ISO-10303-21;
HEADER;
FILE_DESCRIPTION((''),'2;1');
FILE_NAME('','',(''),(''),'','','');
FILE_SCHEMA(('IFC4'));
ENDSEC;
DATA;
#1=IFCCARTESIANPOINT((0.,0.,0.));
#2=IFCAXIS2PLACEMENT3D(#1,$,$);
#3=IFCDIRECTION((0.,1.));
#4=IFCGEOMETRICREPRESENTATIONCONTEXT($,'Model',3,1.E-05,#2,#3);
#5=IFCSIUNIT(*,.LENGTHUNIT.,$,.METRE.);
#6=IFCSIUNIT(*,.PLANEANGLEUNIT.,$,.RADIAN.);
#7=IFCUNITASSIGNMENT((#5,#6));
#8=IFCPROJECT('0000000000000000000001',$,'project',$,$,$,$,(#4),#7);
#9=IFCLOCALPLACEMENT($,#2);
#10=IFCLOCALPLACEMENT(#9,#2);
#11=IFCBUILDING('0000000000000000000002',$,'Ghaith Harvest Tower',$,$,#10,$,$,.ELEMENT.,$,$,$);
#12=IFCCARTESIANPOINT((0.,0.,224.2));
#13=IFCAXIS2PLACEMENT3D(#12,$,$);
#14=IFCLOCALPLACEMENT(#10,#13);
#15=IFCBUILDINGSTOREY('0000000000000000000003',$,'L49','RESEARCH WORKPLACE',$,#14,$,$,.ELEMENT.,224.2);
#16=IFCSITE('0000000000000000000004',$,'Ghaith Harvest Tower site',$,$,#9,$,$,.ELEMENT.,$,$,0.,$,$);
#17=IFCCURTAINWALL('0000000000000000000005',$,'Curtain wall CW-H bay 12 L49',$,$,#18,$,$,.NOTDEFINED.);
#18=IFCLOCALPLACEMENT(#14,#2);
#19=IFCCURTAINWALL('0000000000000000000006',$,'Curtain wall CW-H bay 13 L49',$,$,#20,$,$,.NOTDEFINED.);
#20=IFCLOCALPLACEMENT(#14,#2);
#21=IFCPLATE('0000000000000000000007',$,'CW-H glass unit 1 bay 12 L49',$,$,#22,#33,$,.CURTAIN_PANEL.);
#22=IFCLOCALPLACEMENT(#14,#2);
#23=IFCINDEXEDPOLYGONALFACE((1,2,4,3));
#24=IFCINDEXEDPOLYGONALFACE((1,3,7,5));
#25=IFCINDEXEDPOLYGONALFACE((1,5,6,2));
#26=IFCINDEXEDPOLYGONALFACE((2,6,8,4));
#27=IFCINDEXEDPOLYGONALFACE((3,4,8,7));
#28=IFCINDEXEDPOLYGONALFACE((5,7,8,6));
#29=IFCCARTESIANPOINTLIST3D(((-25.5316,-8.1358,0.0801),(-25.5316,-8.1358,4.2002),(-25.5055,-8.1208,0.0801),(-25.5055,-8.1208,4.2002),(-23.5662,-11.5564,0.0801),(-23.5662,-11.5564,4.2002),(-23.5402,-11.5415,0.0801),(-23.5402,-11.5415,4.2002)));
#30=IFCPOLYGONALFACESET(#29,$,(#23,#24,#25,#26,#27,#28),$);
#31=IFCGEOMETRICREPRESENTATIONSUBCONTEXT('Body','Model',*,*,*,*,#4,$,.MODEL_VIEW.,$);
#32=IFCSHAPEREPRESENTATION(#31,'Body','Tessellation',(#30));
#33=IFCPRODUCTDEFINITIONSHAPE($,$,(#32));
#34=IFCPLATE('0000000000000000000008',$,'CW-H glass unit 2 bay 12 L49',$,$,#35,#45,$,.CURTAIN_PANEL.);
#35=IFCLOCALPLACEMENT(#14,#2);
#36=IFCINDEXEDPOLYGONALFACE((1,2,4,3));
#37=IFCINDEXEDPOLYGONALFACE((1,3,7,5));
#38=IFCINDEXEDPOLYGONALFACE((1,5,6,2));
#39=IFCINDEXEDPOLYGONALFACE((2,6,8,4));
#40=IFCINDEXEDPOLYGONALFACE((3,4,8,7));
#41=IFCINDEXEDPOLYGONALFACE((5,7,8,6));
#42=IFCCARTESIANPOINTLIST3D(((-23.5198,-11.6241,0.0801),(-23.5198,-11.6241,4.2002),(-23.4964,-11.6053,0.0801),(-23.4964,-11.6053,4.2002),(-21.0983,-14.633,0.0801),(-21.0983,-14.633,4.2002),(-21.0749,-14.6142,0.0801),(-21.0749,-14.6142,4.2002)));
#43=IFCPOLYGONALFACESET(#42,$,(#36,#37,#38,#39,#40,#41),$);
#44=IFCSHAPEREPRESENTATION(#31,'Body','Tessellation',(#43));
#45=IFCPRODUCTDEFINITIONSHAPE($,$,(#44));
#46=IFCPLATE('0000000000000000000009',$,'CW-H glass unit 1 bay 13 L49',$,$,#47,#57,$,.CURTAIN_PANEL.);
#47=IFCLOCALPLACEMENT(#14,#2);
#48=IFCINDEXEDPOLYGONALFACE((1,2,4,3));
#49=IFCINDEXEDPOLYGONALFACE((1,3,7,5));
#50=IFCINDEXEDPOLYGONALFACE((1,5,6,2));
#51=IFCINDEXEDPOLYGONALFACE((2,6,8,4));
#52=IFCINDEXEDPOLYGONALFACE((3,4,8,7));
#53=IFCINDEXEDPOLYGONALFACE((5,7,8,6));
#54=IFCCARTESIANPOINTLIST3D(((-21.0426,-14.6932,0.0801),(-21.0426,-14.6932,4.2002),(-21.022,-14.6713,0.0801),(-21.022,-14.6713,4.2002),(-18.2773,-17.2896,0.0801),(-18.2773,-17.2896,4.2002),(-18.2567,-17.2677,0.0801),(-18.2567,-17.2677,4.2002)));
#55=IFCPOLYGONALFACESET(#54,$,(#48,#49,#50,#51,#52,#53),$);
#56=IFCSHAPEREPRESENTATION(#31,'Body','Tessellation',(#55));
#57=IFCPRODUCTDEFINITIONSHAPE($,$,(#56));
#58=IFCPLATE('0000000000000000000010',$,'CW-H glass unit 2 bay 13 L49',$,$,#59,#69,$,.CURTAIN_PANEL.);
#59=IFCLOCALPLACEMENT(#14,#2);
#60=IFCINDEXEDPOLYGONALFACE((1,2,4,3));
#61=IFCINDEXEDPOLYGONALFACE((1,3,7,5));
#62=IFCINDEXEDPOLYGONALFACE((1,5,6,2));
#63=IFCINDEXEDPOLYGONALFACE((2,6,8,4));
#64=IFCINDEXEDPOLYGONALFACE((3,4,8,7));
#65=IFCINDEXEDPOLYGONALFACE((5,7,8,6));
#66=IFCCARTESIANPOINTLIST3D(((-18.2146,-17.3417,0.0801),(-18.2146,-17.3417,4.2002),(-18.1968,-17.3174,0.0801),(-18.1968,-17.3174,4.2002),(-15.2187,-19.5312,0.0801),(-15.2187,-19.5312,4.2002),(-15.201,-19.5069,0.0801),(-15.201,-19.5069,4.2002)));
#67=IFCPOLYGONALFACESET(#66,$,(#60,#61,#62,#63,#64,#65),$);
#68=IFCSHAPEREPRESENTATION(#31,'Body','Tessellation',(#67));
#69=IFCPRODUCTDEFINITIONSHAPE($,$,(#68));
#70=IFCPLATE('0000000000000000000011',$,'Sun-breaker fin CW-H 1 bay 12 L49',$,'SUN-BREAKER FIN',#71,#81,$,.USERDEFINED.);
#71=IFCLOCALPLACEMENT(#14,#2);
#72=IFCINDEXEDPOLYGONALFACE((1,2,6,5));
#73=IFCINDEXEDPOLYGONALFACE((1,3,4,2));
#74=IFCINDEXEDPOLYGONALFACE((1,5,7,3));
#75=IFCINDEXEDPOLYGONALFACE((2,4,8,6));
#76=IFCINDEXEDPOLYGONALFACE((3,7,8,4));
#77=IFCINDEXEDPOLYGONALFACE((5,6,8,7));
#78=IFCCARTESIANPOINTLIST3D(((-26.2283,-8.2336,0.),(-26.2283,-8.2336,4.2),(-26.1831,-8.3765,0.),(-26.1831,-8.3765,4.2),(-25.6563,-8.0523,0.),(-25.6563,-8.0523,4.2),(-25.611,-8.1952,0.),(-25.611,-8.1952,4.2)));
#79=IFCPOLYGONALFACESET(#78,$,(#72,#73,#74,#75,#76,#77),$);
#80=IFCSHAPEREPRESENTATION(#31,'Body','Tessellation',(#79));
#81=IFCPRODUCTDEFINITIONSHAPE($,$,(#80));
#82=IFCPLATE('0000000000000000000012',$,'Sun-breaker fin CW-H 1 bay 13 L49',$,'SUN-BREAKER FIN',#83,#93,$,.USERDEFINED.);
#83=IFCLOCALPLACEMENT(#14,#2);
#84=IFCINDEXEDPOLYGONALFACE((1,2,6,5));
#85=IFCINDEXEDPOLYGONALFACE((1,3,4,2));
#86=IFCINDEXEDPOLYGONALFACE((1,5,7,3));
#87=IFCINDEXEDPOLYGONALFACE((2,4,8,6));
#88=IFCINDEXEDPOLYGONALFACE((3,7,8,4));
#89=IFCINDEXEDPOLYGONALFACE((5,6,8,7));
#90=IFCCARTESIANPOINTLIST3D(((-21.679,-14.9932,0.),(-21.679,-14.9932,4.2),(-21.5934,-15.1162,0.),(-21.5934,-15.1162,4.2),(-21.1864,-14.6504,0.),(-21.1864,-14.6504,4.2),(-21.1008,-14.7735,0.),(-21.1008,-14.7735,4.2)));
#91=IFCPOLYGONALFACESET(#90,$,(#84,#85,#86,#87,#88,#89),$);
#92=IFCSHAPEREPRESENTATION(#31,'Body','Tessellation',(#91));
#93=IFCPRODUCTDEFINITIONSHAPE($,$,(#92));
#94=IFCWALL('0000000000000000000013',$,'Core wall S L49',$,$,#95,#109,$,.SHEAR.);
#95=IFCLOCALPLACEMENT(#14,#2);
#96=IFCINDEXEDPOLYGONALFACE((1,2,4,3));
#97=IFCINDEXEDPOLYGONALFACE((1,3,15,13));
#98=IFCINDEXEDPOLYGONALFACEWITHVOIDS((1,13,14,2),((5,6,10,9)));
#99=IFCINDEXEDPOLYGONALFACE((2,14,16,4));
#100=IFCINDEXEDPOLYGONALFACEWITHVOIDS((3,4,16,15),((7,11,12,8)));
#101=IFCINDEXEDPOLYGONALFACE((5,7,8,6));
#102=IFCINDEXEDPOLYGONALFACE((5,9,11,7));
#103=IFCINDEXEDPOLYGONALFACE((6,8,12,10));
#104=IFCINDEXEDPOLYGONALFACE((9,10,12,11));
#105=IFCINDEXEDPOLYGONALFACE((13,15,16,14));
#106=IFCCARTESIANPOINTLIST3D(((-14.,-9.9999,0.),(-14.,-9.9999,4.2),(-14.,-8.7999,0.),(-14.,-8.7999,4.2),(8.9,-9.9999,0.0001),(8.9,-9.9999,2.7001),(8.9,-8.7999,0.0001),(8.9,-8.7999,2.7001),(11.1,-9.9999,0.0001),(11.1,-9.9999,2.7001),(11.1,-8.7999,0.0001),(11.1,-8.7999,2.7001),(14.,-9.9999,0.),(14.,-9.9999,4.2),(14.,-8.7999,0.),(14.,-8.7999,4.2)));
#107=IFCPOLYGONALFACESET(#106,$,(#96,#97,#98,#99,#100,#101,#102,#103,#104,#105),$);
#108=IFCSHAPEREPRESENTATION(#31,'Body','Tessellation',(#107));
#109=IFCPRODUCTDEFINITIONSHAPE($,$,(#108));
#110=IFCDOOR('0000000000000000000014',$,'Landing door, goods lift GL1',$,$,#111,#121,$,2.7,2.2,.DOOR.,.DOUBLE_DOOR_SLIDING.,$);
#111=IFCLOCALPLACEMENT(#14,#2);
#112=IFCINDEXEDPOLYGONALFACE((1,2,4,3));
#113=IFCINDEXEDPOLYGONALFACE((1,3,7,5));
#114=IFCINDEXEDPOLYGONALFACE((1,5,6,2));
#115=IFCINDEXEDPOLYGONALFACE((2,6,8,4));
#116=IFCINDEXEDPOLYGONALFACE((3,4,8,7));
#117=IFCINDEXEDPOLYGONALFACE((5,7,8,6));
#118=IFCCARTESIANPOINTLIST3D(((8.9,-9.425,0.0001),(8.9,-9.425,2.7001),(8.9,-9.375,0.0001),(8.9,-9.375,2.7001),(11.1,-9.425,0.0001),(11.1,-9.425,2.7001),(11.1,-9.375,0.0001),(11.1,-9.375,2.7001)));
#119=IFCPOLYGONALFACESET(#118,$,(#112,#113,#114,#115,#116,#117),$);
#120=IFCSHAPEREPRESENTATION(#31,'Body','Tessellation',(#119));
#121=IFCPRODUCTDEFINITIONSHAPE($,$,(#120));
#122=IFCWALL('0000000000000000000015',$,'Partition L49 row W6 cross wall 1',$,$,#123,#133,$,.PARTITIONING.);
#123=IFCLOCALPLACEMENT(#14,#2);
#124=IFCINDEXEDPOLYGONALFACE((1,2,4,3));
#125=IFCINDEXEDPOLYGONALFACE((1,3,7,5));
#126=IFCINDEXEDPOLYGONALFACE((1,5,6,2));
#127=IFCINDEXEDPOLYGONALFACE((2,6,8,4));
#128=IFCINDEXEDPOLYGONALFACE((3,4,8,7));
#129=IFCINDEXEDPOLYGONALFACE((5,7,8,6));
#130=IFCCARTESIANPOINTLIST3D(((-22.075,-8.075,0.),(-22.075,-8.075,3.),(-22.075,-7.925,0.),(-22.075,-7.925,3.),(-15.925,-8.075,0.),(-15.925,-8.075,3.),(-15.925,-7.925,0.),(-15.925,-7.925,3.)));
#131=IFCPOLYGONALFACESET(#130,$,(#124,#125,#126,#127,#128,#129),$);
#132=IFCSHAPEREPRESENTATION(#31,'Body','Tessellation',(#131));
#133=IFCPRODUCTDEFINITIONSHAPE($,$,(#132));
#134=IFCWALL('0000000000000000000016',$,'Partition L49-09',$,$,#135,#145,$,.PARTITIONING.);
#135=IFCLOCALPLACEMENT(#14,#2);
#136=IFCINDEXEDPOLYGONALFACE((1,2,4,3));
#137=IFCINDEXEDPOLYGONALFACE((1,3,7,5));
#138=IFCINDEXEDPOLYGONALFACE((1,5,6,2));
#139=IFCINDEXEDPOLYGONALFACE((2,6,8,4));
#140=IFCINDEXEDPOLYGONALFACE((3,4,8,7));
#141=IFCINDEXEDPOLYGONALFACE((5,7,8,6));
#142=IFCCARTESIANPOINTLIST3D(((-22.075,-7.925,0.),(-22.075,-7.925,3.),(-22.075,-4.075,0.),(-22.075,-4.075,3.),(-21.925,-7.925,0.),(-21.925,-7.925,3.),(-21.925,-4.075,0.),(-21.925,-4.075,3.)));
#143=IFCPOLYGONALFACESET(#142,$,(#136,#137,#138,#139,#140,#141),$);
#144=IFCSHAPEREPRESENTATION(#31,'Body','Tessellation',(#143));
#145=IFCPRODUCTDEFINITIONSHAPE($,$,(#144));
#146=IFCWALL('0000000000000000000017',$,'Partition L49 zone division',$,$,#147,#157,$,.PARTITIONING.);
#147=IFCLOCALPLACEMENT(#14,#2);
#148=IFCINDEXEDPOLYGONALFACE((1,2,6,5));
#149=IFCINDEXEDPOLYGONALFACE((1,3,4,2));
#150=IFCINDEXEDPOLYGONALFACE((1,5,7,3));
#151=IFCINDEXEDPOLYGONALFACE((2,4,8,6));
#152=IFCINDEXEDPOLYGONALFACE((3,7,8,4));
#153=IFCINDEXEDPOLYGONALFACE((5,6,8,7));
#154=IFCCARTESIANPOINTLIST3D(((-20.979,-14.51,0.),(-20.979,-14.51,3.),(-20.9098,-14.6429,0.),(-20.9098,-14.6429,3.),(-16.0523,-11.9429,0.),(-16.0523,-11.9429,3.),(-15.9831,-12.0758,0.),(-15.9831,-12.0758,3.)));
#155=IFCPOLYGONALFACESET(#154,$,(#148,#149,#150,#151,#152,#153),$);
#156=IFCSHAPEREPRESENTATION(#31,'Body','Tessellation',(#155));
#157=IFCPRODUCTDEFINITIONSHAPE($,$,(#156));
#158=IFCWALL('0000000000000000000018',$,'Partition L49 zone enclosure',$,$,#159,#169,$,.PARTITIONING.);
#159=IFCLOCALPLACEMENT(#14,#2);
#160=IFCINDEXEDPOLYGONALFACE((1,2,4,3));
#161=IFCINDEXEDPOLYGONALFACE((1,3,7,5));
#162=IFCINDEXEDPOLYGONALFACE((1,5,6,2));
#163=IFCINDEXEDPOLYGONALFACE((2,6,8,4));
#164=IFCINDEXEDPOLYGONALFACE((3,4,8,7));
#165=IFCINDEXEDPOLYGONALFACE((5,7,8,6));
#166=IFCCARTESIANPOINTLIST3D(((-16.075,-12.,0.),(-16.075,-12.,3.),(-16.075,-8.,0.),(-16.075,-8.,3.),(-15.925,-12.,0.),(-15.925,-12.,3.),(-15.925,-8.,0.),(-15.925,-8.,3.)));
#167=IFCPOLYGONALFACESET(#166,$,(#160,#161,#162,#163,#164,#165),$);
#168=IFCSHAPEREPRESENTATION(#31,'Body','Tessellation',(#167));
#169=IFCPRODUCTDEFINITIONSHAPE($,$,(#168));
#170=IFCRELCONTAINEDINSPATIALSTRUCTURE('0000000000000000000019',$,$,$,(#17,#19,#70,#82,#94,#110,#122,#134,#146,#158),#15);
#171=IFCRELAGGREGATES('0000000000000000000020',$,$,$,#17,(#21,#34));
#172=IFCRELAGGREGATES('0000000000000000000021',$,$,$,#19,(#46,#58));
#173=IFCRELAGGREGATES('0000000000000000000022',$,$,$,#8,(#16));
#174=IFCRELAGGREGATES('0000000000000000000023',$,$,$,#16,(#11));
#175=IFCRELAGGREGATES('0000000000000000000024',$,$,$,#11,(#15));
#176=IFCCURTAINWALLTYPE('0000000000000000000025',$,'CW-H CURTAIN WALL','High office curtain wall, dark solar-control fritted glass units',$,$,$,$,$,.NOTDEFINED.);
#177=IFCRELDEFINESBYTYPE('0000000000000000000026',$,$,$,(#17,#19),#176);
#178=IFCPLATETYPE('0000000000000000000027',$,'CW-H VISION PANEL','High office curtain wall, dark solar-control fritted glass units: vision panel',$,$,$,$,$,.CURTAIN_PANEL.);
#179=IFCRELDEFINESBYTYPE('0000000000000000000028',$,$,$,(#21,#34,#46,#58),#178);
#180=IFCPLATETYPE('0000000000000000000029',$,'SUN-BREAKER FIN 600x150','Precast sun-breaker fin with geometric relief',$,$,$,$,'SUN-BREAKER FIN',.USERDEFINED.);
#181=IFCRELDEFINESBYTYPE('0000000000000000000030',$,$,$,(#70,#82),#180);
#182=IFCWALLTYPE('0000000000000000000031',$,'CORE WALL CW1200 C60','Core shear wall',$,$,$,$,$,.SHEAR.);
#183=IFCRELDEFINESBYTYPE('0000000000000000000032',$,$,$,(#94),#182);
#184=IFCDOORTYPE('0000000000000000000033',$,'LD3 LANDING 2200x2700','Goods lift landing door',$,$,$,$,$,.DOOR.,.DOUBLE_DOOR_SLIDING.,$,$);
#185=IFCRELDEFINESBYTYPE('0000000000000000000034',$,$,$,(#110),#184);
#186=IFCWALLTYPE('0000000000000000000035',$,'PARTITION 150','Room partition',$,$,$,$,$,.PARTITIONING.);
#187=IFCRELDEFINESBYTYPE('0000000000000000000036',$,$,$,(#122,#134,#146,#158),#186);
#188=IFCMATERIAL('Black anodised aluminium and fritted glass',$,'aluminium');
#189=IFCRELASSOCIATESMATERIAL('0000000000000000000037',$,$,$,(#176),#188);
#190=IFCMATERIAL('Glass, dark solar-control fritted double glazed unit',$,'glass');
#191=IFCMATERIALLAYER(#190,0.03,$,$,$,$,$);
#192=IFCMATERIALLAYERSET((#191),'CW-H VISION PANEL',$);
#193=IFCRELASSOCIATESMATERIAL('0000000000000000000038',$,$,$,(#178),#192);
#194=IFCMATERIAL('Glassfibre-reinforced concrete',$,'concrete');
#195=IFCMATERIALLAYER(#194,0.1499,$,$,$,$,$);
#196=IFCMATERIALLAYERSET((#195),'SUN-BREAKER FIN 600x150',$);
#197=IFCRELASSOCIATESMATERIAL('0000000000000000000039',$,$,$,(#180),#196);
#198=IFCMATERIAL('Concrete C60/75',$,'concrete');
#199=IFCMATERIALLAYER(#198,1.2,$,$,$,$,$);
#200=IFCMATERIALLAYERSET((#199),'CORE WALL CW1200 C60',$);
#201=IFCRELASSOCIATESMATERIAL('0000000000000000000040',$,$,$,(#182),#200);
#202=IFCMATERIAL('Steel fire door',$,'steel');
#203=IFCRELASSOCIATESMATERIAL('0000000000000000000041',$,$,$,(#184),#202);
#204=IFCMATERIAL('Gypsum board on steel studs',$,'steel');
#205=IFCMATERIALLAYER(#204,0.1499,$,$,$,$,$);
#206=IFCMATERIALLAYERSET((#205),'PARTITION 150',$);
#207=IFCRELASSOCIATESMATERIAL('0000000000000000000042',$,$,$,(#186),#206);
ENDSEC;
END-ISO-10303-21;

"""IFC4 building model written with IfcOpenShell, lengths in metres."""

from ifc_helpers import new_model, si_unit, direction, frame, frame_2d, origin, origin_2d, place, context, subcontext, project, spatial, rectangle, extrude, material, layer, layer_set, type_object, element, fill, aggregate, save


model = new_model("IFC4")

# Units and contexts
model_context = context("Model", 3, precision=1e-05, world=origin(), true_north=direction((0.0, 1.0)))
body_context = subcontext(model_context, "Body", "Model", "MODEL_VIEW")
ifc_project = project(units=[si_unit("LENGTHUNIT", "METRE"), si_unit("PLANEANGLEUNIT", "RADIAN")], contexts=[model_context])

# Site, building, storey
site_placement = place(None, origin())
site = spatial("IfcSite", under=ifc_project, at=site_placement, Name="Ghaith Harvest Tower site", CompositionType="ELEMENT", RefElevation=0.0)
building_placement = place(site_placement, origin())
building = spatial("IfcBuilding", under=site, at=building_placement, Name="Ghaith Harvest Tower", CompositionType="ELEMENT")
storey_placement = place(building_placement, frame((0.0, 0.0, 224.2)))
storey = spatial("IfcBuildingStorey", under=building, at=storey_placement, Name="L49", Description="RESEARCH WORKPLACE", CompositionType="ELEMENT", Elevation=224.2)

# Curtain walls
ifc_material_1 = material(Name="Black anodised aluminium and fritted glass", Category="aluminium")
curtain_wall_type = type_object("IfcCurtainWallType", Name="CW-H CURTAIN WALL", Description="High office curtain wall, dark solar-control fritted glass units", PredefinedType="NOTDEFINED", material=ifc_material_1)
curtain_wall_1_placement = place(storey_placement, origin())
curtain_wall_1 = element("IfcCurtainWall", 1, at=curtain_wall_1_placement, inside=storey, type_object=curtain_wall_type, Name="Curtain wall CW-H bay 12 L49", PredefinedType="NOTDEFINED")
curtain_wall_2_placement = place(storey_placement, origin())
curtain_wall_2 = element("IfcCurtainWall", 2, at=curtain_wall_2_placement, inside=storey, type_object=curtain_wall_type, Name="Curtain wall CW-H bay 13 L49", PredefinedType="NOTDEFINED")

# Plates
ifc_material_2 = material(Name="Glass, dark solar-control fritted double glazed unit", Category="glass")
ifc_layer_1 = layer(ifc_material_2, 0.03)
ifc_layer_set_1 = layer_set([ifc_layer_1], Name="CW-H VISION PANEL")
plate_type_1 = type_object("IfcPlateType", Name="CW-H VISION PANEL", Description="High office curtain wall, dark solar-control fritted glass units: vision panel", PredefinedType="CURTAIN_PANEL", material=ifc_layer_set_1)
plate_1_placement = place(storey_placement, frame((-24.5359, -9.8386, 0.0801), z_axis=(0.0, 0.0, 1.0), x_axis=(0.49818, -0.867074, 0.0)))
plate_1 = element("IfcPlate", 3, at=plate_1_placement, type_object=plate_type_1, Name="CW-H glass unit 1 bay 12 L49", PredefinedType="CURTAIN_PANEL", context=body_context, shape_type="SweptSolid", body=[
    extrude(rectangle(XDim=3.9451, YDim=0.03, at=origin_2d()), origin(), (0.0, 0.0, 1.0), 4.1201),
])
plate_2_placement = place(storey_placement, frame((-22.2974, -13.1191, 0.0801), z_axis=(0.0, 0.0, 1.0), x_axis=(0.626957, -0.779054, 0.0)))
plate_2 = element("IfcPlate", 4, at=plate_2_placement, type_object=plate_type_1, Name="CW-H glass unit 2 bay 12 L49", PredefinedType="CURTAIN_PANEL", context=body_context, shape_type="SweptSolid", body=[
    extrude(rectangle(XDim=3.8623, YDim=0.03, at=origin_2d()), origin(), (0.0, 0.0, 1.0), 4.1201),
])
aggregate(curtain_wall_1, [plate_1, plate_2])
plate_3_placement = place(storey_placement, frame((-19.6497, -15.9805, 0.0801), z_axis=(0.0, 0.0, 1.0), x_axis=(0.729017, -0.684496, 0.0)))
plate_3 = element("IfcPlate", 5, at=plate_3_placement, type_object=plate_type_1, Name="CW-H glass unit 1 bay 13 L49", PredefinedType="CURTAIN_PANEL", context=body_context, shape_type="SweptSolid", body=[
    extrude(rectangle(XDim=3.7932, YDim=0.03, at=origin_2d()), origin(), (0.0, 0.0, 1.0), 4.1201),
])
plate_4_placement = place(storey_placement, frame((-16.7078, -18.4243, 0.0801), z_axis=(0.0, 0.0, 1.0), x_axis=(0.807364, -0.590054, 0.0)))
plate_4 = element("IfcPlate", 6, at=plate_4_placement, type_object=plate_type_1, Name="CW-H glass unit 2 bay 13 L49", PredefinedType="CURTAIN_PANEL", context=body_context, shape_type="SweptSolid", body=[
    extrude(rectangle(XDim=3.7107, YDim=0.03, at=origin_2d()), origin(), (0.0, 0.0, 1.0), 4.1201),
])
aggregate(curtain_wall_2, [plate_3, plate_4])

# Plates
ifc_material_3 = material(Name="Glassfibre-reinforced concrete", Category="concrete")
ifc_layer_2 = layer(ifc_material_3, 0.1499)
ifc_layer_set_2 = layer_set([ifc_layer_2], Name="SUN-BREAKER FIN 600x150")
plate_type_2 = type_object("IfcPlateType", Name="SUN-BREAKER FIN 600x150", Description="Precast sun-breaker fin with geometric relief", ElementType="SUN-BREAKER FIN", PredefinedType="USERDEFINED", material=ifc_layer_set_2)
for number, where, z_axis, x_axis, name in (
    (7, (-25.9197, -8.2144, 0.0), (0.0, 0.0, 1.0), (-0.953273, -0.30211, 0.0), "Sun-breaker fin CW-H 1 bay 12 L49"),
    (8, (-21.3899, -14.8833, 0.0), (0.0, 0.0, 1.0), (-0.820845, -0.57115, 0.0), "Sun-breaker fin CW-H 1 bay 13 L49"),
):
    element("IfcPlate", number, at=place(storey_placement, frame(where, z_axis=z_axis, x_axis=x_axis)), inside=storey, type_object=plate_type_2, Name=name, ObjectType="SUN-BREAKER FIN", PredefinedType="USERDEFINED", context=body_context, shape_type="SweptSolid", body=[
        extrude(rectangle(XDim=0.6001, YDim=0.1499, at=origin_2d()), origin(), (0.0, 0.0, 1.0), 4.2),
    ])

# Wall, opening, door
ifc_material_4 = material(Name="Concrete C60/75", Category="concrete")
ifc_layer_3 = layer(ifc_material_4, 1.2)
ifc_layer_set_3 = layer_set([ifc_layer_3], Name="CORE WALL CW1200 C60")
wall_type_1 = type_object("IfcWallType", Name="CORE WALL CW1200 C60", Description="Core shear wall", PredefinedType="SHEAR", material=ifc_layer_set_3)
wall_1_placement = place(storey_placement, frame((-14.0, -9.3999, 0.0), z_axis=(0.0, 0.0, 1.0), x_axis=(1.0, 0.0, 0.0)))
wall_1 = element("IfcWall", 9, at=wall_1_placement, inside=storey, type_object=wall_type_1, Name="Core wall S L49", PredefinedType="SHEAR", context=body_context, shape_type="SweptSolid", body=[
    extrude(rectangle(XDim=28.0, YDim=1.2, at=frame_2d((14.0, 0.0))), origin(), (0.0, 0.0, 1.0), 4.2),
])
opening_placement = place(wall_1_placement, frame((22.8999, 0.0, 0.0)))
opening = element("IfcOpeningElement", 10, at=opening_placement, cuts=wall_1, PredefinedType="OPENING", context=body_context, shape_type="SweptSolid", body=[
    extrude(rectangle(XDim=2.2, YDim=2.7, at=frame_2d((1.1001, 1.3501))), frame((0.0, 0.6099, 0.0), z_axis=(0.0, -1.0, 0.0), x_axis=(1.0, 0.0, 0.0)), (0.0, 0.0, 1.0), 1.22),
])
ifc_material_5 = material(Name="Steel fire door", Category="steel")
door_type = type_object("IfcDoorType", Name="LD3 LANDING 2200x2700", Description="Goods lift landing door", OperationType="DOUBLE_DOOR_SLIDING", PredefinedType="DOOR", material=ifc_material_5)
door_placement = place(opening_placement, origin())
door = element("IfcDoor", 11, at=door_placement, inside=storey, type_object=door_type, Name="Landing door, goods lift GL1", OperationType="DOUBLE_DOOR_SLIDING", OverallHeight=2.7, OverallWidth=2.2, PredefinedType="DOOR", context=body_context, shape_type="SweptSolid", body=[
    extrude(rectangle(XDim=2.2, YDim=2.7, at=frame_2d((1.1001, 1.3501))), frame((0.0, 0.0249, 0.0), z_axis=(0.0, -1.0, 0.0), x_axis=(1.0, 0.0, 0.0)), (0.0, 0.0, 1.0), 0.05),
])
fill(opening, door)

# Walls
ifc_material_6 = material(Name="Gypsum board on steel studs", Category="steel")
ifc_layer_4 = layer(ifc_material_6, 0.1499)
ifc_layer_set_4 = layer_set([ifc_layer_4], Name="PARTITION 150")
wall_type_2 = type_object("IfcWallType", Name="PARTITION 150", Description="Room partition", PredefinedType="PARTITIONING", material=ifc_layer_set_4)
wall_2_placement = place(storey_placement, frame((-15.925, -8.0, 0.0), z_axis=(0.0, 0.0, 1.0), x_axis=(-1.0, 0.0, 0.0)))
element("IfcWall", 12, at=wall_2_placement, inside=storey, type_object=wall_type_2, Name="Partition L49 row W6 cross wall 1", PredefinedType="PARTITIONING", context=body_context, shape_type="SweptSolid", body=[
    extrude(rectangle(XDim=6.1499, YDim=0.1499, at=frame_2d((3.075, 0.0))), origin(), (0.0, 0.0, 1.0), 3.0),
])
wall_3_placement = place(storey_placement, frame((-22.0, -7.925, 0.0), z_axis=(0.0, 0.0, 1.0), x_axis=(0.0, 1.0, 0.0)))
element("IfcWall", 13, at=wall_3_placement, inside=storey, type_object=wall_type_2, Name="Partition L49-09", PredefinedType="PARTITIONING", context=body_context, shape_type="SweptSolid", body=[
    extrude(rectangle(XDim=3.8501, YDim=0.1499, at=frame_2d((1.925, 0.0))), origin(), (0.0, 0.0, 1.0), 3.0),
])
wall_4_placement = place(storey_placement, frame((-16.0176, -12.0093, 0.0), z_axis=(0.0, 0.0, 1.0), x_axis=(-0.886832, -0.462093, 0.0)))
element("IfcWall", 14, at=wall_4_placement, inside=storey, type_object=wall_type_2, Name="Partition L49 zone division", PredefinedType="PARTITIONING", context=body_context, shape_type="SweptSolid", body=[
    extrude(rectangle(XDim=5.5554, YDim=0.1499, at=frame_2d((2.7778, 0.0))), origin(), (0.0, 0.0, 1.0), 3.0),
])
wall_5_placement = place(storey_placement, frame((-16.0, -8.0, 0.0), z_axis=(0.0, 0.0, 1.0), x_axis=(0.0, -1.0, 0.0)))
element("IfcWall", 15, at=wall_5_placement, inside=storey, type_object=wall_type_2, Name="Partition L49 zone enclosure", PredefinedType="PARTITIONING", context=body_context, shape_type="SweptSolid", body=[
    extrude(rectangle(XDim=4.0, YDim=0.1499, at=frame_2d((2.0, 0.0))), origin(), (0.0, 0.0, 1.0), 3.0),
])

save(model, "model.ifc")
